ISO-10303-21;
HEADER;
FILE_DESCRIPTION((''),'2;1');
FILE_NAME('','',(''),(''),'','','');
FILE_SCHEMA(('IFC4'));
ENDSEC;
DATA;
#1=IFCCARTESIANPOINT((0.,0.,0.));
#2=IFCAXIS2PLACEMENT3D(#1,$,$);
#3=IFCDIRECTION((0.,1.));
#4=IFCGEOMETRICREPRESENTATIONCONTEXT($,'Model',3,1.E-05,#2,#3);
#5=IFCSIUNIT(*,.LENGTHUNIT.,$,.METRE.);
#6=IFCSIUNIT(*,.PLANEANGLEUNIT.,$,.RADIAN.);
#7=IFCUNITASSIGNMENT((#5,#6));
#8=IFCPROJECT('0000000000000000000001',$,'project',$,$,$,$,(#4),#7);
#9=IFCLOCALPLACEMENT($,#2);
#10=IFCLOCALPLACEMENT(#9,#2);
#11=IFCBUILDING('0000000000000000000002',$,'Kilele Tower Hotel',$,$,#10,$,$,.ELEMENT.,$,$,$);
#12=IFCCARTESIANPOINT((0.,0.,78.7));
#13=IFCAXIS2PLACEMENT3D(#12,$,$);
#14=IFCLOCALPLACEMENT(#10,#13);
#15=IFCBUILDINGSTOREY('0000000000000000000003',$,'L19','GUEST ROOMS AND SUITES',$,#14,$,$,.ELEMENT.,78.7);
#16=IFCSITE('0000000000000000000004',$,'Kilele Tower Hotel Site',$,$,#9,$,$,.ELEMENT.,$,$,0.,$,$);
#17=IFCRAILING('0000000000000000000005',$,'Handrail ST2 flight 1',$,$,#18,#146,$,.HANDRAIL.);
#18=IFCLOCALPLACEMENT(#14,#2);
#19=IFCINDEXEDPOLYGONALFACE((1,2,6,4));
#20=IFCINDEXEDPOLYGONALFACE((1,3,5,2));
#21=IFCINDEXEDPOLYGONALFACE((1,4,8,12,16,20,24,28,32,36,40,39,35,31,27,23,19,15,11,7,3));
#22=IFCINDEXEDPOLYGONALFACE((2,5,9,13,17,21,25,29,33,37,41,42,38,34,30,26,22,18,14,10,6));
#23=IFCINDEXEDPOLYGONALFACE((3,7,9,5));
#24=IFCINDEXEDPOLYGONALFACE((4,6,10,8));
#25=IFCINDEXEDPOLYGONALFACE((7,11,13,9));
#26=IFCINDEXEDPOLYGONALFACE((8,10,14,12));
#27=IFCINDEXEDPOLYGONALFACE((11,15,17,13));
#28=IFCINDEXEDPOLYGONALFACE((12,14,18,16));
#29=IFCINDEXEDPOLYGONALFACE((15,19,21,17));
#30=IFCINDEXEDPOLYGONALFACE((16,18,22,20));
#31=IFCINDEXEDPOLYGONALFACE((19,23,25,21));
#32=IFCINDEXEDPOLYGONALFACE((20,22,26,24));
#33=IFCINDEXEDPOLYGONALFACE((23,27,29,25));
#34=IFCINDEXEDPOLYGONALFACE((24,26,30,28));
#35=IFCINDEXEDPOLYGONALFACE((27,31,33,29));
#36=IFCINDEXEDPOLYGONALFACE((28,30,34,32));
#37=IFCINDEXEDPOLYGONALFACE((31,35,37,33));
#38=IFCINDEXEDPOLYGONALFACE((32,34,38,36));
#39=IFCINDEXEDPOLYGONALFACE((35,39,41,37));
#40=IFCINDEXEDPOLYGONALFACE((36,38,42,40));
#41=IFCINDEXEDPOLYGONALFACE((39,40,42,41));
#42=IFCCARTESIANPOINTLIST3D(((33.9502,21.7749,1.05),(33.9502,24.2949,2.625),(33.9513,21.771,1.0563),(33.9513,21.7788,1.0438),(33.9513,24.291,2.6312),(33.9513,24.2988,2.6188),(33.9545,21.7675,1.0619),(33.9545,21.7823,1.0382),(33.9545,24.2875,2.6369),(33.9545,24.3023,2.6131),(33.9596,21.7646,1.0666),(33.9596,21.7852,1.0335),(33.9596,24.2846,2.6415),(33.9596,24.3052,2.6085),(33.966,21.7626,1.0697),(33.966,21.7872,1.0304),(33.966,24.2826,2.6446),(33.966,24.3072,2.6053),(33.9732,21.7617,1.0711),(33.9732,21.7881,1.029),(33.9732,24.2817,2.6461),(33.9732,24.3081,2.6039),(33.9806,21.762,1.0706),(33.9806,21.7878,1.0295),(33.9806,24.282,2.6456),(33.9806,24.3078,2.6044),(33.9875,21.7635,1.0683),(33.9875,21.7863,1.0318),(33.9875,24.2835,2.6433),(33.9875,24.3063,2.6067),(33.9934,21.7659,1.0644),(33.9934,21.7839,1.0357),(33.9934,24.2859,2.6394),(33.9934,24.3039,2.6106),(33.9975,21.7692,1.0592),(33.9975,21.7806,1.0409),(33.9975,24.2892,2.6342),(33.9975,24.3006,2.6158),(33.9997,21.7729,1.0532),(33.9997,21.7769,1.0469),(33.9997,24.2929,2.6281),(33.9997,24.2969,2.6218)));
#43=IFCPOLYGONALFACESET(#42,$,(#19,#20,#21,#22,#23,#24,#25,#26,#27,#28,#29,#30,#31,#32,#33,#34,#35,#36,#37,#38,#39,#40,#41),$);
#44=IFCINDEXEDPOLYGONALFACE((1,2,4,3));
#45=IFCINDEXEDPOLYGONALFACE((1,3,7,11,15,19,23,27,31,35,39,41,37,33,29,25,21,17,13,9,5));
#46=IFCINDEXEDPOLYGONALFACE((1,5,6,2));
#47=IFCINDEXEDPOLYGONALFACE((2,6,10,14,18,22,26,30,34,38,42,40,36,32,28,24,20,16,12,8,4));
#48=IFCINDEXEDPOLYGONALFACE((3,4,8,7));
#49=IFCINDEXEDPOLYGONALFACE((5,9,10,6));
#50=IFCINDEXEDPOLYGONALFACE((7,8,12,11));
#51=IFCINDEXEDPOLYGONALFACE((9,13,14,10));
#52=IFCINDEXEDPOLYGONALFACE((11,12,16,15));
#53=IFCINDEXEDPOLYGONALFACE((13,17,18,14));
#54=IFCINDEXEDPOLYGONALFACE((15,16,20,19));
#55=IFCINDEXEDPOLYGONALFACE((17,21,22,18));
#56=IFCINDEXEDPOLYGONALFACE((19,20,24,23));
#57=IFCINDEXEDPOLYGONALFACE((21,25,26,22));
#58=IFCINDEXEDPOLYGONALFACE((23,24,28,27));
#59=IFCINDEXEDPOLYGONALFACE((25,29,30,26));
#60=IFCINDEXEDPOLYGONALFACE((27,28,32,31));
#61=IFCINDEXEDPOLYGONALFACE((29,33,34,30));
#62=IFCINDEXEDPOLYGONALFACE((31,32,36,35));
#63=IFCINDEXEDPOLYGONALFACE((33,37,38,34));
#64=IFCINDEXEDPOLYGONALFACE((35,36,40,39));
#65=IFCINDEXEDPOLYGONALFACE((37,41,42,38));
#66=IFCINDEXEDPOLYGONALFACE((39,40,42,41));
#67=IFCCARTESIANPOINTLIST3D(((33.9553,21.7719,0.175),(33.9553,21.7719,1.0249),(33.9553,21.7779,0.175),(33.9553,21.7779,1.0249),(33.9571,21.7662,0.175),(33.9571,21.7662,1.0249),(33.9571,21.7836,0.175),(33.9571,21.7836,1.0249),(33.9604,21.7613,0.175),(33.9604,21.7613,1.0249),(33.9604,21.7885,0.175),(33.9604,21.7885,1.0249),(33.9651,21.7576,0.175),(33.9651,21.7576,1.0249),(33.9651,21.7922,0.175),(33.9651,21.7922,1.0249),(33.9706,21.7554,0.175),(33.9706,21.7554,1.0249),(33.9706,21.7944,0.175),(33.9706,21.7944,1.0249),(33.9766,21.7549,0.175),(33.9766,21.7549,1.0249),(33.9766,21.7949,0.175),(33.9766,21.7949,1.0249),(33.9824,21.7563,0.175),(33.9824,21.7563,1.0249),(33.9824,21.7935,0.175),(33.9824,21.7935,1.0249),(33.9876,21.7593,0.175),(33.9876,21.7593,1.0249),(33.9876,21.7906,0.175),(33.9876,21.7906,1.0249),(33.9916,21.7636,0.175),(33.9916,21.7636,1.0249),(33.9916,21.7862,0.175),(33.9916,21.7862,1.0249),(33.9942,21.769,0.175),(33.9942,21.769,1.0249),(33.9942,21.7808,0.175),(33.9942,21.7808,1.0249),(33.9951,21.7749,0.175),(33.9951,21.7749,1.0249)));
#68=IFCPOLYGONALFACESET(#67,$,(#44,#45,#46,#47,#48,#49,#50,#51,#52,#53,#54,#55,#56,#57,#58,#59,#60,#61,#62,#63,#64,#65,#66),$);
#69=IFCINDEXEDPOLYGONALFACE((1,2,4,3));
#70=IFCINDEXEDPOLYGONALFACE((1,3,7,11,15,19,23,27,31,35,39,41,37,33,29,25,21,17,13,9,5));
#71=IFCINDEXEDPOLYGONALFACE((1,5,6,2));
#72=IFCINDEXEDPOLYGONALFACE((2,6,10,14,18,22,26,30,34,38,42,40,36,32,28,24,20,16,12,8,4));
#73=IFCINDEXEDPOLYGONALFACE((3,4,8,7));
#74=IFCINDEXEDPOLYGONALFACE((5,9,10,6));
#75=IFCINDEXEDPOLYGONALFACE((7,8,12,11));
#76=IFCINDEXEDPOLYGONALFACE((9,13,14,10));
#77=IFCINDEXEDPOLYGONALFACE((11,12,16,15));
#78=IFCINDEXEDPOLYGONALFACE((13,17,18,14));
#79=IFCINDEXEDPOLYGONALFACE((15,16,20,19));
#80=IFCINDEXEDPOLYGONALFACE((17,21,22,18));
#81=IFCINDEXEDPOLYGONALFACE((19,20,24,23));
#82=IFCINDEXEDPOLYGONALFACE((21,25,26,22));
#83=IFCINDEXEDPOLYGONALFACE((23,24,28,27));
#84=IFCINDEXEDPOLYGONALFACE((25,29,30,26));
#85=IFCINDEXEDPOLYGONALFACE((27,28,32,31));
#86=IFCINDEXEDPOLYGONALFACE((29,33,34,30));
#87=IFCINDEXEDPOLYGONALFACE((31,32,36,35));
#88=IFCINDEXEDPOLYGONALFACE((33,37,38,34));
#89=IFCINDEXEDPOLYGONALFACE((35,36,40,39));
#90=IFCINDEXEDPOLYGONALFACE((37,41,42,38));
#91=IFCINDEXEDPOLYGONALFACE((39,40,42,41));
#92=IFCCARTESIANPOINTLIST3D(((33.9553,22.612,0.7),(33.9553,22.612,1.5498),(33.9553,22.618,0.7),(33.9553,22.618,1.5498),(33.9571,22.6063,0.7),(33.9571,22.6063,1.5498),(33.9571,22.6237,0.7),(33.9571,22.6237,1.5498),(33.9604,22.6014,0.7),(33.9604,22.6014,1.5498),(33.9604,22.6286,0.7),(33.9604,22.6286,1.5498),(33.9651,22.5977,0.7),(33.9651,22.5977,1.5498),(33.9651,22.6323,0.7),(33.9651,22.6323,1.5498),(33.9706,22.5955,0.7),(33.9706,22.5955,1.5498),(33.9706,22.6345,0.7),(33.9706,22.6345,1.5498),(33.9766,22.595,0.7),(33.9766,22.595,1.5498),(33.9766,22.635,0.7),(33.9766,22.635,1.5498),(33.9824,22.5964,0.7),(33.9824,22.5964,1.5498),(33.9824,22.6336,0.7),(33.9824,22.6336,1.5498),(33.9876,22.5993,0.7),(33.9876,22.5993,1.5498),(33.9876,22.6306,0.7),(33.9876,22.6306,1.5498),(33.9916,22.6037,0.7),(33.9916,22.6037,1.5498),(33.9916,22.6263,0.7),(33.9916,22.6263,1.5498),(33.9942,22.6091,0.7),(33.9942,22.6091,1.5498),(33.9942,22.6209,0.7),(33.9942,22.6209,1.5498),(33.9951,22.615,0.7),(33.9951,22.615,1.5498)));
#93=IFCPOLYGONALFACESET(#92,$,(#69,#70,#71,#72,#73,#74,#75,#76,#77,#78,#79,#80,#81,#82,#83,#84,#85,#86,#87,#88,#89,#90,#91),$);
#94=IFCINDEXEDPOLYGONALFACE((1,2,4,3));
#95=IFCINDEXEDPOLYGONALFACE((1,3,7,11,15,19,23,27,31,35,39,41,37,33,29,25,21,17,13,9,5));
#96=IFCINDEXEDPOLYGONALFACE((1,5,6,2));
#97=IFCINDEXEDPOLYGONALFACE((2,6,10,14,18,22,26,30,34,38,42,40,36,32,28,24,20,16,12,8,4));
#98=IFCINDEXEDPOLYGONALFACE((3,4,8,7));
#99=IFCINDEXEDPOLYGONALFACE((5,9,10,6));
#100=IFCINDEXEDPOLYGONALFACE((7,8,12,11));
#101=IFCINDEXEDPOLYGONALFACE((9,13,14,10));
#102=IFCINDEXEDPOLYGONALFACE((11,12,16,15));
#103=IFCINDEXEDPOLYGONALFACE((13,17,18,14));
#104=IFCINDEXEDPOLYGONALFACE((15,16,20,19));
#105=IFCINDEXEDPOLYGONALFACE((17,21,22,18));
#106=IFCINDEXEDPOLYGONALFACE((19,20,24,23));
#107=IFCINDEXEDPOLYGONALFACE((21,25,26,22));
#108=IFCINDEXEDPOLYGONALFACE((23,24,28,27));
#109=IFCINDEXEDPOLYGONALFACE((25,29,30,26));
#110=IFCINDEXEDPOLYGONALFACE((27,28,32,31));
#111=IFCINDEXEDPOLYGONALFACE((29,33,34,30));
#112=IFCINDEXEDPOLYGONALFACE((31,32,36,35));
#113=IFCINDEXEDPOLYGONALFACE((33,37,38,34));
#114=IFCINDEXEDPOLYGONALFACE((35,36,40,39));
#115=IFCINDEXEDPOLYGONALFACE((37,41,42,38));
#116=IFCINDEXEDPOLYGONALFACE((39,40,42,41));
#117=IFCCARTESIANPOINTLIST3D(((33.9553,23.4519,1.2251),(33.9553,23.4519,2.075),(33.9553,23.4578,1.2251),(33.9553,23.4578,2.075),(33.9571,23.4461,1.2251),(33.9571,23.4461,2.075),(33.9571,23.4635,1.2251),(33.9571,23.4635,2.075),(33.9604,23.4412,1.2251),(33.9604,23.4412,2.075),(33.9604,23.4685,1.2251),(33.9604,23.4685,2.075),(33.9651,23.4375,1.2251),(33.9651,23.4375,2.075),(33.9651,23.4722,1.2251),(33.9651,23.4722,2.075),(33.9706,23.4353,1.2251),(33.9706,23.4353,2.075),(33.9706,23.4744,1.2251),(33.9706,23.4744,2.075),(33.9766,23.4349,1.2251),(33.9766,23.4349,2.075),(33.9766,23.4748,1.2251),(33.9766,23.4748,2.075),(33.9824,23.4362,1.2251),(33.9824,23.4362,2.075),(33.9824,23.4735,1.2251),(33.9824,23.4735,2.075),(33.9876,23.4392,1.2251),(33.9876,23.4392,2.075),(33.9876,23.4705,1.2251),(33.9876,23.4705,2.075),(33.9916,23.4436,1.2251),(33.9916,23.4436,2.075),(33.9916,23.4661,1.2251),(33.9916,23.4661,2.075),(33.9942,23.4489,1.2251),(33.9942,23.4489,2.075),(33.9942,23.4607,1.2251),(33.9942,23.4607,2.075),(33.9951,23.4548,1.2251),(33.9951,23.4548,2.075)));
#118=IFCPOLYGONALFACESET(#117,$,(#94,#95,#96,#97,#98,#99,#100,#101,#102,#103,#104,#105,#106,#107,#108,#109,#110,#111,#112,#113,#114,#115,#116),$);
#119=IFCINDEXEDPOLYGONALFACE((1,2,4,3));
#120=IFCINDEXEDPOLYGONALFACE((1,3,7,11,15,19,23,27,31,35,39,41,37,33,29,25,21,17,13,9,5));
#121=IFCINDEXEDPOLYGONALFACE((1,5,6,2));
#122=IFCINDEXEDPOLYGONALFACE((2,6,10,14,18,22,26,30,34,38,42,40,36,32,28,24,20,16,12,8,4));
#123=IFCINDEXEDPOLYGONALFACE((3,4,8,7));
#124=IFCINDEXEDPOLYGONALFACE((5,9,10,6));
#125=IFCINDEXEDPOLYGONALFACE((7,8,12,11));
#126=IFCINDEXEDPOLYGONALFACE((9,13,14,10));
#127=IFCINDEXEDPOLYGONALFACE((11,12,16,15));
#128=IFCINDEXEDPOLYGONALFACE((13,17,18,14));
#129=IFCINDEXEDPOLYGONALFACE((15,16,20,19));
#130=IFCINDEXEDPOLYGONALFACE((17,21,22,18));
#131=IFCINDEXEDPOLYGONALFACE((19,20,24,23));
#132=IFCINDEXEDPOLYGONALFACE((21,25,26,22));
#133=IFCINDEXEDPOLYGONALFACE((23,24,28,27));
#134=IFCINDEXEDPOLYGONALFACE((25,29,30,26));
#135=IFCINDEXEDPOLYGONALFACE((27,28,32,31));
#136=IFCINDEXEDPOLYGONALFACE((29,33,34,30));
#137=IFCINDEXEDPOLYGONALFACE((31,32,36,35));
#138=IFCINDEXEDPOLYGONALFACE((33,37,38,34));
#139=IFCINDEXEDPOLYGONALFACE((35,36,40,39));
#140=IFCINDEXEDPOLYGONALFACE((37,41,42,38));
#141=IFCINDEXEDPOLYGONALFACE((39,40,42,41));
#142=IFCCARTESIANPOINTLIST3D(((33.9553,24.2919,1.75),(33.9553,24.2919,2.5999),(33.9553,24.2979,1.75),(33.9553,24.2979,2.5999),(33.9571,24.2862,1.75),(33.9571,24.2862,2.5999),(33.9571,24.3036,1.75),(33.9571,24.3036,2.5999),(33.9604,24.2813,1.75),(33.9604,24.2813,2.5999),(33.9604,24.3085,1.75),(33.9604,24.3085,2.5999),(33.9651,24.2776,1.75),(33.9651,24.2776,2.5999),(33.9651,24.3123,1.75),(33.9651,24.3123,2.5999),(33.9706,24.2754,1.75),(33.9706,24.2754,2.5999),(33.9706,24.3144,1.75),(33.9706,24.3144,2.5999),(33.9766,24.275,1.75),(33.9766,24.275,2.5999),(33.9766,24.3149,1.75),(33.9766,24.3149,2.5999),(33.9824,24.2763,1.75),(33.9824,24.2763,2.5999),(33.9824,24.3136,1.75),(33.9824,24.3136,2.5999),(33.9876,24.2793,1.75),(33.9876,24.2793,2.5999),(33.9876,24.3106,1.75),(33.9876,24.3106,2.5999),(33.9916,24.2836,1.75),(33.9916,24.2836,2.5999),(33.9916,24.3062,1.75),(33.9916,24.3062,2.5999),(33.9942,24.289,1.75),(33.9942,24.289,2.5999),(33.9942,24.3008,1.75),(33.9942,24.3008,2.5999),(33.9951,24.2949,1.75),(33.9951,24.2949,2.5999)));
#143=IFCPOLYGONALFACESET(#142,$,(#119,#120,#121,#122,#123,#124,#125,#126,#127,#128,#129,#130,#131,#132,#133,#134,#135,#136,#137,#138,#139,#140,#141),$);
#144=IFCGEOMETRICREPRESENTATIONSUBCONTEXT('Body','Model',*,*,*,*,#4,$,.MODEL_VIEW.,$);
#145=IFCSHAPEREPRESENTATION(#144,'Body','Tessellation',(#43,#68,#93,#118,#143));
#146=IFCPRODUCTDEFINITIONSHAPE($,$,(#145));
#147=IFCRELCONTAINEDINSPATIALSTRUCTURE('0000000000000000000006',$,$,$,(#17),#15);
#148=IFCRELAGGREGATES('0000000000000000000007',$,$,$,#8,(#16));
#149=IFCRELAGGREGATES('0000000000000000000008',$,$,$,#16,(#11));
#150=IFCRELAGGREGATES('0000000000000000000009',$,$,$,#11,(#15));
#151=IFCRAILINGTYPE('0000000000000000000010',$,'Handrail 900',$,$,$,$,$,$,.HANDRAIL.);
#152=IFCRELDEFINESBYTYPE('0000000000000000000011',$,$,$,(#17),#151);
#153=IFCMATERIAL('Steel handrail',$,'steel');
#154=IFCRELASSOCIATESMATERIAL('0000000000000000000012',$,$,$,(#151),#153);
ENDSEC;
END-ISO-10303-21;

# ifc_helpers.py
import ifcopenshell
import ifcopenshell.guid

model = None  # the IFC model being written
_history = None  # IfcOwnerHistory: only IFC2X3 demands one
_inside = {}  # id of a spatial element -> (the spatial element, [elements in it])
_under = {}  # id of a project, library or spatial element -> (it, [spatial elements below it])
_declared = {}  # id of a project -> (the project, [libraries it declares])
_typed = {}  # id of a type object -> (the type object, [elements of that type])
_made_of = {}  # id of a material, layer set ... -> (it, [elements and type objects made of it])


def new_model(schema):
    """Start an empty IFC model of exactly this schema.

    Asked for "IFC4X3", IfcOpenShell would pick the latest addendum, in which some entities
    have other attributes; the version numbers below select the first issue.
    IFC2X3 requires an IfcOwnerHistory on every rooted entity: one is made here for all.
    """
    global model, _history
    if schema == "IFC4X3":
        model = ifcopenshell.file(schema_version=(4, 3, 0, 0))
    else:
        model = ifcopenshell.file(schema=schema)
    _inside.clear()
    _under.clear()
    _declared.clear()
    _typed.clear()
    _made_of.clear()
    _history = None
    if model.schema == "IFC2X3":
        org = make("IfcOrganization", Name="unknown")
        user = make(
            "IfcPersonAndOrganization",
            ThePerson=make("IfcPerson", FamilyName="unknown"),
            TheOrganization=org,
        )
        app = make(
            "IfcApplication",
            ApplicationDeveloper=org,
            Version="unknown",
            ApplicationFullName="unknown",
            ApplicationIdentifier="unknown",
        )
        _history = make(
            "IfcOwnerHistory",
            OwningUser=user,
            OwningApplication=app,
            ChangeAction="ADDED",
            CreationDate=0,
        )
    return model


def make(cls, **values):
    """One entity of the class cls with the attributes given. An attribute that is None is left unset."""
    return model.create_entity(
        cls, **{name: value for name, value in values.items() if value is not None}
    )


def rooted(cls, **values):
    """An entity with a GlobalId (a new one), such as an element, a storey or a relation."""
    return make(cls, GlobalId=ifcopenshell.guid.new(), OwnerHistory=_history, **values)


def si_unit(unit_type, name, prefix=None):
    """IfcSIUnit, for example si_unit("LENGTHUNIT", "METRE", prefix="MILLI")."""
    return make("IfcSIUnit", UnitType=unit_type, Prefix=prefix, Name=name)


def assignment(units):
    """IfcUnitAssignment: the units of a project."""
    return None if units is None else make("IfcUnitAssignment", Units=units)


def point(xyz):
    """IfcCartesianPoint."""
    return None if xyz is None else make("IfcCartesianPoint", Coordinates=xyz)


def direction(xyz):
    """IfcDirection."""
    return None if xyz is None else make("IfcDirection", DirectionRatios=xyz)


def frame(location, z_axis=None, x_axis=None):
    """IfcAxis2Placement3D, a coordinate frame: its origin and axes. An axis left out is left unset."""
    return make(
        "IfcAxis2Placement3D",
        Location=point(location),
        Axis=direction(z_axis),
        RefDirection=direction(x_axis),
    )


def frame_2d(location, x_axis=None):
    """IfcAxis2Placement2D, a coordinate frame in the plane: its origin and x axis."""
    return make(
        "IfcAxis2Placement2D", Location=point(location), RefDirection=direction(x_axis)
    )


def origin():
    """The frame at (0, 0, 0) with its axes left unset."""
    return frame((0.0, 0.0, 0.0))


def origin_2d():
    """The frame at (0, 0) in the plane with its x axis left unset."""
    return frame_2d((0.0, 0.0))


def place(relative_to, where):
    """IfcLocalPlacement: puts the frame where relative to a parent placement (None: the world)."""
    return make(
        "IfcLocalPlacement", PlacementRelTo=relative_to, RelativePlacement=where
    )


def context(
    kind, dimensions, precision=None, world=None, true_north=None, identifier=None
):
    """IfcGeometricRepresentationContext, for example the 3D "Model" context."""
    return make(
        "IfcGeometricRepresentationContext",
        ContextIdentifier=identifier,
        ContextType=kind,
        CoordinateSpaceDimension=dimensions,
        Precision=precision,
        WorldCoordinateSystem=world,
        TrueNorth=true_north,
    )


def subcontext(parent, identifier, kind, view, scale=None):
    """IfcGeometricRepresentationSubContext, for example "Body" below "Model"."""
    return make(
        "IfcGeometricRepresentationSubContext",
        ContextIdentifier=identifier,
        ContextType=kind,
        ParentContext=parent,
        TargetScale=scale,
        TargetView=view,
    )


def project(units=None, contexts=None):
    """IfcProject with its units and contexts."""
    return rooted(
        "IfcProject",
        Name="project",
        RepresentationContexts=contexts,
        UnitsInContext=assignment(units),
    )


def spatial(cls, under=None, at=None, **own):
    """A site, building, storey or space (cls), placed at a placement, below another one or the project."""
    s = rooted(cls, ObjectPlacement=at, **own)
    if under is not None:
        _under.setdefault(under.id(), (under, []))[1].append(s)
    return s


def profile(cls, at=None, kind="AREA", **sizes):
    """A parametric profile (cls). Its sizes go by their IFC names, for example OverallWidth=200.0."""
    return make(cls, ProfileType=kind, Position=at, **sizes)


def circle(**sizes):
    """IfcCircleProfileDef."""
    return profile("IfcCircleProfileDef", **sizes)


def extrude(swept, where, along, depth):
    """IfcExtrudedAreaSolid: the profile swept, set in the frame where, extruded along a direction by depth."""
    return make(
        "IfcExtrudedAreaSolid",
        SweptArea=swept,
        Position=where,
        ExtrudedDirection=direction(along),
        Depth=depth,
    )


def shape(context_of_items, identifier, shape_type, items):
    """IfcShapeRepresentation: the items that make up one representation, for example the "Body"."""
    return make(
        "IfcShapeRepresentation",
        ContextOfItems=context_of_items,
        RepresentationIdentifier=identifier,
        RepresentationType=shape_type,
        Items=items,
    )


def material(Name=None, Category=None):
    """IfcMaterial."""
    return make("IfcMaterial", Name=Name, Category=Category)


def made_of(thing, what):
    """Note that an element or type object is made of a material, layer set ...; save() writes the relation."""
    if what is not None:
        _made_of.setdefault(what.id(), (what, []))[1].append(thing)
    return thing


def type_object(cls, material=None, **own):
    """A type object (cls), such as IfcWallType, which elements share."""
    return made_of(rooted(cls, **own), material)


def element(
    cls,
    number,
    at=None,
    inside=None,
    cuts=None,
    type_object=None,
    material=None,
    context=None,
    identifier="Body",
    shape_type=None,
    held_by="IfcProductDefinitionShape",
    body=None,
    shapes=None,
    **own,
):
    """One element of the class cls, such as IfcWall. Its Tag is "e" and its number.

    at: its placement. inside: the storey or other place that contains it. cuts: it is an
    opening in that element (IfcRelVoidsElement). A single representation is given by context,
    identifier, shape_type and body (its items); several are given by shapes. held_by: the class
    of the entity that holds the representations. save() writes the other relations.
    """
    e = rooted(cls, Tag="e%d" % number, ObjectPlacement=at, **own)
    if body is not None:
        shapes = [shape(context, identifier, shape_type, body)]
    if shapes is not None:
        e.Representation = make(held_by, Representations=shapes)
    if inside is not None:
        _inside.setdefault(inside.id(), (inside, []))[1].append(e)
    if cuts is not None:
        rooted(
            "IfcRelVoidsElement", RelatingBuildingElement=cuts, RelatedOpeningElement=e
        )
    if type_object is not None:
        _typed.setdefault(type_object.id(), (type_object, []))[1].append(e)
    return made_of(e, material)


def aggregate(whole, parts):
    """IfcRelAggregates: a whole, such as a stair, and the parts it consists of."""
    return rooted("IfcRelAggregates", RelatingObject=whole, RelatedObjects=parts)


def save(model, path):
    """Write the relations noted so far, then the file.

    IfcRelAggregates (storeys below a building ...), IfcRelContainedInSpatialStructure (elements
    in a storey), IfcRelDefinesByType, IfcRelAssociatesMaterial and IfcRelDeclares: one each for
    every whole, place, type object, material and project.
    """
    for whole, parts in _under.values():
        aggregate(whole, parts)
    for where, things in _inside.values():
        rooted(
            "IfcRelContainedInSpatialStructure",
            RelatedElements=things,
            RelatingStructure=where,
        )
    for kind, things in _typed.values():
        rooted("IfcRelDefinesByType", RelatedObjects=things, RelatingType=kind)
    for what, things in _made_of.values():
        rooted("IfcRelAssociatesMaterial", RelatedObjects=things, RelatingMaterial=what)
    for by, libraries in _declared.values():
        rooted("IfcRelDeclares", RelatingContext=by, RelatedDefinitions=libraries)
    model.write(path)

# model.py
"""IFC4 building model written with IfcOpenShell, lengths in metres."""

from ifc_helpers import new_model, si_unit, direction, frame, origin, origin_2d, place, context, subcontext, project, spatial, circle, extrude, material, type_object, element, save


model = new_model("IFC4")

# Units and contexts
model_context = context("Model", 3, precision=1e-05, world=origin(), true_north=direction((0.0, 1.0)))
body_context = subcontext(model_context, "Body", "Model", "MODEL_VIEW")
ifc_project = project(units=[si_unit("LENGTHUNIT", "METRE"), si_unit("PLANEANGLEUNIT", "RADIAN")], contexts=[model_context])

# Site, building, storey
site_placement = place(None, origin())
site = spatial("IfcSite", under=ifc_project, at=site_placement, Name="Kilele Tower Hotel Site", CompositionType="ELEMENT", RefElevation=0.0)
building_placement = place(site_placement, origin())
building = spatial("IfcBuilding", under=site, at=building_placement, Name="Kilele Tower Hotel", CompositionType="ELEMENT")
storey_placement = place(building_placement, frame((0.0, 0.0, 78.7)))
storey = spatial("IfcBuildingStorey", under=building, at=storey_placement, Name="L19", Description="GUEST ROOMS AND SUITES", CompositionType="ELEMENT", Elevation=78.7)

# Railing
ifc_material_1 = material(Name="Steel handrail", Category="steel")
railing_type_1 = type_object("IfcRailingType", Name="Handrail 900", PredefinedType="HANDRAIL", material=ifc_material_1)
for number, where, name in (
    (1, (33.9751, 21.7749, 0.175), "Handrail ST2 flight 1"),
):
    element("IfcRailing", number, at=place(storey_placement, frame(where)), inside=storey, type_object=railing_type_1, Name=name, PredefinedType="HANDRAIL", context=body_context, shape_type="SweptSolid", body=[
        extrude(circle(Radius=0.0249, at=origin_2d()), frame((0.0, 0.0, 0.875), z_axis=(0.0, 0.848008, 0.529984), x_axis=(-1.0, 0.0, 0.0)), (0.0, 0.0, 1.0), 2.9717),
        extrude(circle(Radius=0.02, at=origin_2d()), origin(), (0.0, 0.0, 1.0), 0.8499),
        extrude(circle(Radius=0.02, at=origin_2d()), frame((0.0, 0.8401, 0.5249)), (0.0, 0.0, 1.0), 0.8499),
        extrude(circle(Radius=0.02, at=origin_2d()), frame((0.0, 1.6799, 1.05)), (0.0, 0.0, 1.0), 0.8499),
        extrude(circle(Radius=0.02, at=origin_2d()), frame((0.0, 2.52, 1.575)), (0.0, 0.0, 1.0), 0.8499),
    ])

save(model, "model.ifc")
